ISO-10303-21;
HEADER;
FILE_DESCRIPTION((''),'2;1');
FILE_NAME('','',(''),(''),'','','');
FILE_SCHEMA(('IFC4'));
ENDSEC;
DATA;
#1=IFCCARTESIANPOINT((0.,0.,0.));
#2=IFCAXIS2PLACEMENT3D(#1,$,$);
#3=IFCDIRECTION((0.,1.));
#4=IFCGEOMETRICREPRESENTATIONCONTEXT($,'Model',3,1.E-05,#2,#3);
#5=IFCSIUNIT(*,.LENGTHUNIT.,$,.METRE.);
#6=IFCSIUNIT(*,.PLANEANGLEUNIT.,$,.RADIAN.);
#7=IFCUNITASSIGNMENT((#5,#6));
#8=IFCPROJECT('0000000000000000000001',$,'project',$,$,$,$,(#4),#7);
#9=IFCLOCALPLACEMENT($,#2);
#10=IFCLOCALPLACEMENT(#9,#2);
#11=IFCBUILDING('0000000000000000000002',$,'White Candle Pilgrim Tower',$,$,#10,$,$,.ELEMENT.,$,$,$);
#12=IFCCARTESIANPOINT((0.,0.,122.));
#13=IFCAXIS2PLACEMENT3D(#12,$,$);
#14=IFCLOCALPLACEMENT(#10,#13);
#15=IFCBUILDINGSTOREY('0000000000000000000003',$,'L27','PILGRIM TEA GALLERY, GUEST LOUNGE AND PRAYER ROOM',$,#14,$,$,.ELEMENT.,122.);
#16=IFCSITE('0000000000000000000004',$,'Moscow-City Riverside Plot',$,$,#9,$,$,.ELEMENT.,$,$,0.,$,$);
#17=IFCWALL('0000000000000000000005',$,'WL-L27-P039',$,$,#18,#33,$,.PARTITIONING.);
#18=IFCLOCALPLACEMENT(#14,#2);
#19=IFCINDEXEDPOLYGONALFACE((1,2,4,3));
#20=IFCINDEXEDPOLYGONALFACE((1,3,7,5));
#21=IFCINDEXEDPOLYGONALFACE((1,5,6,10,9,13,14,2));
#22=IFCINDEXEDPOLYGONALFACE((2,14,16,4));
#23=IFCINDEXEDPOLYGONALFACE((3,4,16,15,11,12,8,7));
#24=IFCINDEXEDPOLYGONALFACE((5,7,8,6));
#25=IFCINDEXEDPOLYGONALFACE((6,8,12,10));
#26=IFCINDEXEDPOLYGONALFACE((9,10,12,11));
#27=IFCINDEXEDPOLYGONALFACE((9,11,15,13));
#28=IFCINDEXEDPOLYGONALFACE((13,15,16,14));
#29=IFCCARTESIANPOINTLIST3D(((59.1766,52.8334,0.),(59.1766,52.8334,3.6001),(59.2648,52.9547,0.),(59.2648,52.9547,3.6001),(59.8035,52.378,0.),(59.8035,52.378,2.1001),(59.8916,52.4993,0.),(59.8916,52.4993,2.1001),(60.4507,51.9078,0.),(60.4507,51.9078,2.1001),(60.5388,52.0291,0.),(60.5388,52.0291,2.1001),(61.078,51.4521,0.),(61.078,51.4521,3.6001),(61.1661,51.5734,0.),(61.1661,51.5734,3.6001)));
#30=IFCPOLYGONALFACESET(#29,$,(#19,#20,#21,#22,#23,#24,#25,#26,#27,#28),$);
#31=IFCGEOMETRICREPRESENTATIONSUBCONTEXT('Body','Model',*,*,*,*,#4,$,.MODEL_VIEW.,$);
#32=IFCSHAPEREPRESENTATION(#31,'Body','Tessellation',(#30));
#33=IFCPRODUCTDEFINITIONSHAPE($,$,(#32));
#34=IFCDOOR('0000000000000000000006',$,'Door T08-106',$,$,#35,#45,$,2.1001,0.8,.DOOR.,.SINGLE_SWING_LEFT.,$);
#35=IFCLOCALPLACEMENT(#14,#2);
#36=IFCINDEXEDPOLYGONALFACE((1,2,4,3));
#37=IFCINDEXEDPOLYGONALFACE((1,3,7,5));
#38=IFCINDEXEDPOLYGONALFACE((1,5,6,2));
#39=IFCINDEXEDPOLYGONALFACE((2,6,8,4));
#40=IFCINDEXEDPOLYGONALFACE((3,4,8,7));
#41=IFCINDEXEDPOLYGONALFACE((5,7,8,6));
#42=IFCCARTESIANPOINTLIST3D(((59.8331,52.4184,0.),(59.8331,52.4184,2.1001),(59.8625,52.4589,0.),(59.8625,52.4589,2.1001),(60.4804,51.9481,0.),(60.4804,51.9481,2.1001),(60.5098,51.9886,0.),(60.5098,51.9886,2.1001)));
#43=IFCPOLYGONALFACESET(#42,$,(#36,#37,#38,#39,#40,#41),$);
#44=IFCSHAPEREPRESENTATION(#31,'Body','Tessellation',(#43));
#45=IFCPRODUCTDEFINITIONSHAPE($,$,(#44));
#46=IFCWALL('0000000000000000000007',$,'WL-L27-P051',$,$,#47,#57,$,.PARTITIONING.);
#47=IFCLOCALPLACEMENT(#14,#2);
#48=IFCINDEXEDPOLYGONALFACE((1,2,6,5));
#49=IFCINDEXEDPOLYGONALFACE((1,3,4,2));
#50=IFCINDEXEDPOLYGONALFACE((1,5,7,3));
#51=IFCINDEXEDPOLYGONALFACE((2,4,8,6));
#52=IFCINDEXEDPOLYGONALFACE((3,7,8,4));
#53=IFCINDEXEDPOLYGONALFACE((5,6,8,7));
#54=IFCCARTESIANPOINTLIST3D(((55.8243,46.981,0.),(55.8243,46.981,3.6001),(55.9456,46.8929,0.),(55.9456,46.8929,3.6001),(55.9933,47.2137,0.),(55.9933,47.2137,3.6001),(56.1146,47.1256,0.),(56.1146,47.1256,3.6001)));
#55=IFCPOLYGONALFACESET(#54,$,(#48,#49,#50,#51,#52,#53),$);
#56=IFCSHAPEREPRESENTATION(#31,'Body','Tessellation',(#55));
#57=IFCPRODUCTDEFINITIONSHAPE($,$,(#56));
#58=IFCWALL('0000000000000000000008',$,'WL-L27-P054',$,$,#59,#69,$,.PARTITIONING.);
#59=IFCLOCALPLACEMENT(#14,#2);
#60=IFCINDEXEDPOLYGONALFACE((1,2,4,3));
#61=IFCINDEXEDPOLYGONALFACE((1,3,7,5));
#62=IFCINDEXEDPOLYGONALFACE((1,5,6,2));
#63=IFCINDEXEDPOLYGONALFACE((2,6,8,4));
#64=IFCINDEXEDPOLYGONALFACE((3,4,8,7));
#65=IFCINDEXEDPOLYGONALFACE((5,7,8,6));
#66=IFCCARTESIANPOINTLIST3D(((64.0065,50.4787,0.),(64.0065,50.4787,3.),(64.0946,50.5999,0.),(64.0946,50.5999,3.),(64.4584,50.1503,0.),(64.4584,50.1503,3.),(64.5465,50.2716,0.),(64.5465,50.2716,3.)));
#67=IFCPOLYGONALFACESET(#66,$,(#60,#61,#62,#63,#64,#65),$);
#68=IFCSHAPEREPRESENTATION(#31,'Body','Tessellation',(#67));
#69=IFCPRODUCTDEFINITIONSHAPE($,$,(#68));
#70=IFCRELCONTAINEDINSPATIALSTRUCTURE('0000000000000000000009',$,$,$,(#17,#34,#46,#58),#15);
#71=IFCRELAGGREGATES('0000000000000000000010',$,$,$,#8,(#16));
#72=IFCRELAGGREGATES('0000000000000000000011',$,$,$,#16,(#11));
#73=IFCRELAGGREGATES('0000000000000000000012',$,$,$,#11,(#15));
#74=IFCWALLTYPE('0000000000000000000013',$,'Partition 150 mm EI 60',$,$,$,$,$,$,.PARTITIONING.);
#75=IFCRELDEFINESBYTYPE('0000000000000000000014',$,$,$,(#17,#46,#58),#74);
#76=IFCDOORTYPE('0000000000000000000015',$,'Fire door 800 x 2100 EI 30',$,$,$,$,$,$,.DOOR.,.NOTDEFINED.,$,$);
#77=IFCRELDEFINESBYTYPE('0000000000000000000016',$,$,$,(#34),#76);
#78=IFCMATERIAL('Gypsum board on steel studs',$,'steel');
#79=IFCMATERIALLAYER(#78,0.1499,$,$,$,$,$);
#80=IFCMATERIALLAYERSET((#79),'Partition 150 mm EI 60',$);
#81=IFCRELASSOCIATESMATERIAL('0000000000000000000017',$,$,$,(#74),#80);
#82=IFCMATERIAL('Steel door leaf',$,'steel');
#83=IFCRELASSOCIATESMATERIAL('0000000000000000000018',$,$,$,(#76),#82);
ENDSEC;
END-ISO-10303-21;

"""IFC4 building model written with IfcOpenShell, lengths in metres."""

from ifc_helpers import new_model, si_unit, direction, frame, frame_2d, origin, place, context, subcontext, project, spatial, rectangle, extrude, material, layer, layer_set, type_object, element, fill, save


model = new_model("IFC4")

# Units and contexts
model_context = context("Model", 3, precision=1e-05, world=origin(), true_north=direction((0.0, 1.0)))
body_context = subcontext(model_context, "Body", "Model", "MODEL_VIEW")
ifc_project = project(units=[si_unit("LENGTHUNIT", "METRE"), si_unit("PLANEANGLEUNIT", "RADIAN")], contexts=[model_context])

# Site, building, storey
site_placement = place(None, origin())
site = spatial("IfcSite", under=ifc_project, at=site_placement, Name="Moscow-City Riverside Plot", CompositionType="ELEMENT", RefElevation=0.0)
building_placement = place(site_placement, origin())
building = spatial("IfcBuilding", under=site, at=building_placement, Name="White Candle Pilgrim Tower", CompositionType="ELEMENT")
storey_placement = place(building_placement, frame((0.0, 0.0, 122.0)))
storey = spatial("IfcBuildingStorey", under=building, at=storey_placement, Name="L27", Description="PILGRIM TEA GALLERY, GUEST LOUNGE AND PRAYER ROOM", CompositionType="ELEMENT", Elevation=122.0)

# Shared definitions
ifc_material_1 = material(Name="Gypsum board on steel studs", Category="steel")
ifc_layer_1 = layer(ifc_material_1, 0.1499)
ifc_layer_set_1 = layer_set([ifc_layer_1], Name="Partition 150 mm EI 60")
wall_type_1 = type_object("IfcWallType", Name="Partition 150 mm EI 60", PredefinedType="PARTITIONING", material=ifc_layer_set_1)

# Shared definitions
ifc_material_2 = material(Name="Steel door leaf", Category="steel")
door_type = type_object("IfcDoorType", Name="Fire door 800 x 2100 EI 30", OperationType="NOTDEFINED", PredefinedType="DOOR", material=ifc_material_2)

# Wall, opening, door
wall_1_placement = place(storey_placement, frame((59.2207, 52.894, 0.0), z_axis=(0.0, 0.0, 1.0), x_axis=(0.809032, -0.587764, 0.0)))
wall_1 = element("IfcWall", 1, at=wall_1_placement, inside=storey, type_object=wall_type_1, Name="WL-L27-P039", PredefinedType="PARTITIONING", context=body_context, shape_type="SweptSolid", body=[
    extrude(rectangle(XDim=2.3501, YDim=0.1499, at=frame_2d((1.175, 0.0))), origin(), (0.0, 0.0, 1.0), 3.6001),
])
opening_1_placement = place(wall_1_placement, frame((0.7749, 0.0, 0.0)))
opening_1 = element("IfcOpeningElement", 2, at=opening_1_placement, cuts=wall_1, PredefinedType="OPENING", context=body_context, shape_type="SweptSolid", body=[
    extrude(rectangle(XDim=0.8, YDim=2.1001, at=frame_2d((0.3999, 1.05))), frame((0.0, 0.085, 0.0), z_axis=(0.0, -1.0, 0.0), x_axis=(1.0, 0.0, 0.0)), (0.0, 0.0, 1.0), 0.1699),
])
door_1_placement = place(opening_1_placement, frame((0.8, 0.0, 0.0), z_axis=(0.0, 0.0, 1.0), x_axis=(-1.0, 0.0, 0.0)))
door_1 = element("IfcDoor", 3, at=door_1_placement, inside=storey, type_object=door_type, Name="Door T08-106", OperationType="SINGLE_SWING_LEFT", OverallHeight=2.1001, OverallWidth=0.8, PredefinedType="DOOR", context=body_context, shape_type="SweptSolid", body=[
    extrude(rectangle(XDim=0.8, YDim=2.1001, at=frame_2d((0.3999, 1.05))), frame((0.0, 0.0249, 0.0), z_axis=(0.0, -1.0, 0.0), x_axis=(1.0, 0.0, 0.0)), (0.0, 0.0, 1.0), 0.05),
])
fill(opening_1, door_1)

# Walls
wall_2_placement = place(storey_placement, frame((56.054, 47.1697, 0.0), z_axis=(0.0, 0.0, 1.0), x_axis=(-0.587566, -0.809176, 0.0)))
element("IfcWall", 4, at=wall_2_placement, inside=storey, type_object=wall_type_1, Name="WL-L27-P051", PredefinedType="PARTITIONING", context=body_context, shape_type="SweptSolid", body=[
    extrude(rectangle(XDim=0.2876, YDim=0.1499, at=frame_2d((0.1438, 0.0))), origin(), (0.0, 0.0, 1.0), 3.6001),
])
wall_3_placement = place(storey_placement, frame((64.0505, 50.5393, 0.0), z_axis=(0.0, 0.0, 1.0), x_axis=(0.808982, -0.587834, 0.0)))
element("IfcWall", 5, at=wall_3_placement, inside=storey, type_object=wall_type_1, Name="WL-L27-P054", PredefinedType="PARTITIONING", context=body_context, shape_type="SweptSolid", body=[
    extrude(rectangle(XDim=0.5586, YDim=0.1499, at=frame_2d((0.2793, 0.0))), origin(), (0.0, 0.0, 1.0), 3.0),
])

save(model, "model.ifc")
